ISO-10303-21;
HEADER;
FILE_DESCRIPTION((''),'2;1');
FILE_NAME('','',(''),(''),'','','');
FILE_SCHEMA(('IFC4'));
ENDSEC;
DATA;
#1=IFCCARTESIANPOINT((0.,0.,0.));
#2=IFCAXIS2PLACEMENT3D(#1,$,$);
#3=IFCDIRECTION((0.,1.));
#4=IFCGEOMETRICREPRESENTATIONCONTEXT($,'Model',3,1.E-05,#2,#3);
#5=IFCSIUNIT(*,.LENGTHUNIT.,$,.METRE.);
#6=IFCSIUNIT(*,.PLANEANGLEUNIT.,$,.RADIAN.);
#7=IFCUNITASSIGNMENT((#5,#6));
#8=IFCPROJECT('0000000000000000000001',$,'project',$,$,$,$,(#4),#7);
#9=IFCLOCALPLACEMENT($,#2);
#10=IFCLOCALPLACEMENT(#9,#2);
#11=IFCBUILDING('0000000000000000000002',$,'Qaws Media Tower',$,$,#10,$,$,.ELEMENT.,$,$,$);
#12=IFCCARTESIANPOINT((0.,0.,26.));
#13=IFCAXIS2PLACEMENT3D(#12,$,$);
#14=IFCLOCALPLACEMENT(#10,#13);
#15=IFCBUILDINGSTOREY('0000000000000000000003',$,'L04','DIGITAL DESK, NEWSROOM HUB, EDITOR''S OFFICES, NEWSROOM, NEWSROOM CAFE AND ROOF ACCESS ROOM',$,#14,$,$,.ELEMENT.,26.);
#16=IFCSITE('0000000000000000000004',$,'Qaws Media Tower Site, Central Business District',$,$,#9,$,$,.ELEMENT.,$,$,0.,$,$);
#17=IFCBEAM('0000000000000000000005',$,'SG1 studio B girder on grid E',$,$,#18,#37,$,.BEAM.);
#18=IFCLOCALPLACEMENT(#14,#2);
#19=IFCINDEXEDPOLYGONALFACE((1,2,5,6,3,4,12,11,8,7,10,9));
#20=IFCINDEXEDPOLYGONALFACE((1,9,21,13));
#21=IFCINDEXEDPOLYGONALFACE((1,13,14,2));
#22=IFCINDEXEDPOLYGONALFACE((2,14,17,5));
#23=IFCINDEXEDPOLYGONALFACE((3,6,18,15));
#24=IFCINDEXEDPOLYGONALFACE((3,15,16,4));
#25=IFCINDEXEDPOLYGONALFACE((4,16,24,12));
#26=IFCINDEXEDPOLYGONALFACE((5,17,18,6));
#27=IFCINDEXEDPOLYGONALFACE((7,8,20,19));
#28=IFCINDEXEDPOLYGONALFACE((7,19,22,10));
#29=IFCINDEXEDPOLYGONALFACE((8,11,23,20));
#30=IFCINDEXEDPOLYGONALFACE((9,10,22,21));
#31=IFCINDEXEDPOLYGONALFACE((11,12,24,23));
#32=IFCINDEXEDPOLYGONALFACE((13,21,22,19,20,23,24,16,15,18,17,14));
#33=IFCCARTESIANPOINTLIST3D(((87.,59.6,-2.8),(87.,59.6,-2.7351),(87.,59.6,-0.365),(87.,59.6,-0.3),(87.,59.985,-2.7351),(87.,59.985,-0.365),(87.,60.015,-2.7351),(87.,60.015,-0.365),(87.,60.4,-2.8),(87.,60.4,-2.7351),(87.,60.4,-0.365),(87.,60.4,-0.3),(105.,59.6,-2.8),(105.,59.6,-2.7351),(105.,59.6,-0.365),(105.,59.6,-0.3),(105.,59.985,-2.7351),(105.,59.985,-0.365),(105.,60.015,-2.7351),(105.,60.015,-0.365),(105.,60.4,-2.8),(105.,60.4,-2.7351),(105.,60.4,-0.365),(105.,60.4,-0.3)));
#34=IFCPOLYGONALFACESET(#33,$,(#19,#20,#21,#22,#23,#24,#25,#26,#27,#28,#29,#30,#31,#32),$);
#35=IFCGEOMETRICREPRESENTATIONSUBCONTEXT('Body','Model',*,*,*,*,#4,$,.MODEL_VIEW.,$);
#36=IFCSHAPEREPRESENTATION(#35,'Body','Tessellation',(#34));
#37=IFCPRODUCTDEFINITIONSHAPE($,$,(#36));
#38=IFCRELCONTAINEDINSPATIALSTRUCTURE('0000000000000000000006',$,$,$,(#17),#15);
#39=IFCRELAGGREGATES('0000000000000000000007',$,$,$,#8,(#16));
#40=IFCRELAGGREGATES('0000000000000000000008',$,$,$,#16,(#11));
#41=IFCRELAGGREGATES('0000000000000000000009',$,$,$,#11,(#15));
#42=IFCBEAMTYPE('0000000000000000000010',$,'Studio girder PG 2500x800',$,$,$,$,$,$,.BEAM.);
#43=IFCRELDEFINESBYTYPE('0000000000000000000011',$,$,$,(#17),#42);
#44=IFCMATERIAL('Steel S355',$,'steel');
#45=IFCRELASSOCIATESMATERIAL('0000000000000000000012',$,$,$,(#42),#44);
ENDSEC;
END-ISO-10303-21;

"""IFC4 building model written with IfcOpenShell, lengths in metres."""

from ifc_helpers import new_model, si_unit, direction, frame, origin, origin_2d, place, context, subcontext, project, spatial, i_section, extrude, material, material_profile, profile_set, type_object, element, save


model = new_model("IFC4")

# Units and contexts
model_context = context("Model", 3, precision=1e-05, world=origin(), true_north=direction((0.0, 1.0)))
body_context = subcontext(model_context, "Body", "Model", "MODEL_VIEW")
ifc_project = project(units=[si_unit("LENGTHUNIT", "METRE"), si_unit("PLANEANGLEUNIT", "RADIAN")], contexts=[model_context])

# Site, building, storey
site_placement = place(None, origin())
site = spatial("IfcSite", under=ifc_project, at=site_placement, Name="Qaws Media Tower Site, Central Business District", CompositionType="ELEMENT", RefElevation=0.0)
building_placement = place(site_placement, origin())
building = spatial("IfcBuilding", under=site, at=building_placement, Name="Qaws Media Tower", CompositionType="ELEMENT")
storey_placement = place(building_placement, frame((0.0, 0.0, 26.0)))
storey = spatial("IfcBuildingStorey", under=building, at=storey_placement, Name="L04", Description="DIGITAL DESK, NEWSROOM HUB, EDITOR'S OFFICES, NEWSROOM, NEWSROOM CAFE AND ROOF ACCESS ROOM", CompositionType="ELEMENT", Elevation=26.0)

# Beam
ifc_material_1 = material(Name="Steel S355", Category="steel")
ifc_material_profile_1 = material_profile(ifc_material_1, i_section(OverallWidth=0.8, OverallDepth=2.5, WebThickness=0.03, FlangeThickness=0.0649, at=origin_2d()), Name="PG 2500x800")
ifc_profile_set_1 = profile_set([ifc_material_profile_1], Name="Steel S355")
beam_type_1 = type_object("IfcBeamType", Name="Studio girder PG 2500x800", PredefinedType="BEAM", material=ifc_profile_set_1)
beam_1_placement = place(storey_placement, frame((87.0, 60.0, -1.55), z_axis=(1.0, 0.0, 0.0), x_axis=(0.0, 1.0, 0.0)))
element("IfcBeam", 1, at=beam_1_placement, inside=storey, type_object=beam_type_1, Name="SG1 studio B girder on grid E", PredefinedType="BEAM", context=body_context, shape_type="SweptSolid", body=[
    extrude(i_section(OverallWidth=0.8, OverallDepth=2.5, WebThickness=0.03, FlangeThickness=0.0649, at=origin_2d()), origin(), (0.0, 0.0, 1.0), 18.0),
])

save(model, "model.ifc")
